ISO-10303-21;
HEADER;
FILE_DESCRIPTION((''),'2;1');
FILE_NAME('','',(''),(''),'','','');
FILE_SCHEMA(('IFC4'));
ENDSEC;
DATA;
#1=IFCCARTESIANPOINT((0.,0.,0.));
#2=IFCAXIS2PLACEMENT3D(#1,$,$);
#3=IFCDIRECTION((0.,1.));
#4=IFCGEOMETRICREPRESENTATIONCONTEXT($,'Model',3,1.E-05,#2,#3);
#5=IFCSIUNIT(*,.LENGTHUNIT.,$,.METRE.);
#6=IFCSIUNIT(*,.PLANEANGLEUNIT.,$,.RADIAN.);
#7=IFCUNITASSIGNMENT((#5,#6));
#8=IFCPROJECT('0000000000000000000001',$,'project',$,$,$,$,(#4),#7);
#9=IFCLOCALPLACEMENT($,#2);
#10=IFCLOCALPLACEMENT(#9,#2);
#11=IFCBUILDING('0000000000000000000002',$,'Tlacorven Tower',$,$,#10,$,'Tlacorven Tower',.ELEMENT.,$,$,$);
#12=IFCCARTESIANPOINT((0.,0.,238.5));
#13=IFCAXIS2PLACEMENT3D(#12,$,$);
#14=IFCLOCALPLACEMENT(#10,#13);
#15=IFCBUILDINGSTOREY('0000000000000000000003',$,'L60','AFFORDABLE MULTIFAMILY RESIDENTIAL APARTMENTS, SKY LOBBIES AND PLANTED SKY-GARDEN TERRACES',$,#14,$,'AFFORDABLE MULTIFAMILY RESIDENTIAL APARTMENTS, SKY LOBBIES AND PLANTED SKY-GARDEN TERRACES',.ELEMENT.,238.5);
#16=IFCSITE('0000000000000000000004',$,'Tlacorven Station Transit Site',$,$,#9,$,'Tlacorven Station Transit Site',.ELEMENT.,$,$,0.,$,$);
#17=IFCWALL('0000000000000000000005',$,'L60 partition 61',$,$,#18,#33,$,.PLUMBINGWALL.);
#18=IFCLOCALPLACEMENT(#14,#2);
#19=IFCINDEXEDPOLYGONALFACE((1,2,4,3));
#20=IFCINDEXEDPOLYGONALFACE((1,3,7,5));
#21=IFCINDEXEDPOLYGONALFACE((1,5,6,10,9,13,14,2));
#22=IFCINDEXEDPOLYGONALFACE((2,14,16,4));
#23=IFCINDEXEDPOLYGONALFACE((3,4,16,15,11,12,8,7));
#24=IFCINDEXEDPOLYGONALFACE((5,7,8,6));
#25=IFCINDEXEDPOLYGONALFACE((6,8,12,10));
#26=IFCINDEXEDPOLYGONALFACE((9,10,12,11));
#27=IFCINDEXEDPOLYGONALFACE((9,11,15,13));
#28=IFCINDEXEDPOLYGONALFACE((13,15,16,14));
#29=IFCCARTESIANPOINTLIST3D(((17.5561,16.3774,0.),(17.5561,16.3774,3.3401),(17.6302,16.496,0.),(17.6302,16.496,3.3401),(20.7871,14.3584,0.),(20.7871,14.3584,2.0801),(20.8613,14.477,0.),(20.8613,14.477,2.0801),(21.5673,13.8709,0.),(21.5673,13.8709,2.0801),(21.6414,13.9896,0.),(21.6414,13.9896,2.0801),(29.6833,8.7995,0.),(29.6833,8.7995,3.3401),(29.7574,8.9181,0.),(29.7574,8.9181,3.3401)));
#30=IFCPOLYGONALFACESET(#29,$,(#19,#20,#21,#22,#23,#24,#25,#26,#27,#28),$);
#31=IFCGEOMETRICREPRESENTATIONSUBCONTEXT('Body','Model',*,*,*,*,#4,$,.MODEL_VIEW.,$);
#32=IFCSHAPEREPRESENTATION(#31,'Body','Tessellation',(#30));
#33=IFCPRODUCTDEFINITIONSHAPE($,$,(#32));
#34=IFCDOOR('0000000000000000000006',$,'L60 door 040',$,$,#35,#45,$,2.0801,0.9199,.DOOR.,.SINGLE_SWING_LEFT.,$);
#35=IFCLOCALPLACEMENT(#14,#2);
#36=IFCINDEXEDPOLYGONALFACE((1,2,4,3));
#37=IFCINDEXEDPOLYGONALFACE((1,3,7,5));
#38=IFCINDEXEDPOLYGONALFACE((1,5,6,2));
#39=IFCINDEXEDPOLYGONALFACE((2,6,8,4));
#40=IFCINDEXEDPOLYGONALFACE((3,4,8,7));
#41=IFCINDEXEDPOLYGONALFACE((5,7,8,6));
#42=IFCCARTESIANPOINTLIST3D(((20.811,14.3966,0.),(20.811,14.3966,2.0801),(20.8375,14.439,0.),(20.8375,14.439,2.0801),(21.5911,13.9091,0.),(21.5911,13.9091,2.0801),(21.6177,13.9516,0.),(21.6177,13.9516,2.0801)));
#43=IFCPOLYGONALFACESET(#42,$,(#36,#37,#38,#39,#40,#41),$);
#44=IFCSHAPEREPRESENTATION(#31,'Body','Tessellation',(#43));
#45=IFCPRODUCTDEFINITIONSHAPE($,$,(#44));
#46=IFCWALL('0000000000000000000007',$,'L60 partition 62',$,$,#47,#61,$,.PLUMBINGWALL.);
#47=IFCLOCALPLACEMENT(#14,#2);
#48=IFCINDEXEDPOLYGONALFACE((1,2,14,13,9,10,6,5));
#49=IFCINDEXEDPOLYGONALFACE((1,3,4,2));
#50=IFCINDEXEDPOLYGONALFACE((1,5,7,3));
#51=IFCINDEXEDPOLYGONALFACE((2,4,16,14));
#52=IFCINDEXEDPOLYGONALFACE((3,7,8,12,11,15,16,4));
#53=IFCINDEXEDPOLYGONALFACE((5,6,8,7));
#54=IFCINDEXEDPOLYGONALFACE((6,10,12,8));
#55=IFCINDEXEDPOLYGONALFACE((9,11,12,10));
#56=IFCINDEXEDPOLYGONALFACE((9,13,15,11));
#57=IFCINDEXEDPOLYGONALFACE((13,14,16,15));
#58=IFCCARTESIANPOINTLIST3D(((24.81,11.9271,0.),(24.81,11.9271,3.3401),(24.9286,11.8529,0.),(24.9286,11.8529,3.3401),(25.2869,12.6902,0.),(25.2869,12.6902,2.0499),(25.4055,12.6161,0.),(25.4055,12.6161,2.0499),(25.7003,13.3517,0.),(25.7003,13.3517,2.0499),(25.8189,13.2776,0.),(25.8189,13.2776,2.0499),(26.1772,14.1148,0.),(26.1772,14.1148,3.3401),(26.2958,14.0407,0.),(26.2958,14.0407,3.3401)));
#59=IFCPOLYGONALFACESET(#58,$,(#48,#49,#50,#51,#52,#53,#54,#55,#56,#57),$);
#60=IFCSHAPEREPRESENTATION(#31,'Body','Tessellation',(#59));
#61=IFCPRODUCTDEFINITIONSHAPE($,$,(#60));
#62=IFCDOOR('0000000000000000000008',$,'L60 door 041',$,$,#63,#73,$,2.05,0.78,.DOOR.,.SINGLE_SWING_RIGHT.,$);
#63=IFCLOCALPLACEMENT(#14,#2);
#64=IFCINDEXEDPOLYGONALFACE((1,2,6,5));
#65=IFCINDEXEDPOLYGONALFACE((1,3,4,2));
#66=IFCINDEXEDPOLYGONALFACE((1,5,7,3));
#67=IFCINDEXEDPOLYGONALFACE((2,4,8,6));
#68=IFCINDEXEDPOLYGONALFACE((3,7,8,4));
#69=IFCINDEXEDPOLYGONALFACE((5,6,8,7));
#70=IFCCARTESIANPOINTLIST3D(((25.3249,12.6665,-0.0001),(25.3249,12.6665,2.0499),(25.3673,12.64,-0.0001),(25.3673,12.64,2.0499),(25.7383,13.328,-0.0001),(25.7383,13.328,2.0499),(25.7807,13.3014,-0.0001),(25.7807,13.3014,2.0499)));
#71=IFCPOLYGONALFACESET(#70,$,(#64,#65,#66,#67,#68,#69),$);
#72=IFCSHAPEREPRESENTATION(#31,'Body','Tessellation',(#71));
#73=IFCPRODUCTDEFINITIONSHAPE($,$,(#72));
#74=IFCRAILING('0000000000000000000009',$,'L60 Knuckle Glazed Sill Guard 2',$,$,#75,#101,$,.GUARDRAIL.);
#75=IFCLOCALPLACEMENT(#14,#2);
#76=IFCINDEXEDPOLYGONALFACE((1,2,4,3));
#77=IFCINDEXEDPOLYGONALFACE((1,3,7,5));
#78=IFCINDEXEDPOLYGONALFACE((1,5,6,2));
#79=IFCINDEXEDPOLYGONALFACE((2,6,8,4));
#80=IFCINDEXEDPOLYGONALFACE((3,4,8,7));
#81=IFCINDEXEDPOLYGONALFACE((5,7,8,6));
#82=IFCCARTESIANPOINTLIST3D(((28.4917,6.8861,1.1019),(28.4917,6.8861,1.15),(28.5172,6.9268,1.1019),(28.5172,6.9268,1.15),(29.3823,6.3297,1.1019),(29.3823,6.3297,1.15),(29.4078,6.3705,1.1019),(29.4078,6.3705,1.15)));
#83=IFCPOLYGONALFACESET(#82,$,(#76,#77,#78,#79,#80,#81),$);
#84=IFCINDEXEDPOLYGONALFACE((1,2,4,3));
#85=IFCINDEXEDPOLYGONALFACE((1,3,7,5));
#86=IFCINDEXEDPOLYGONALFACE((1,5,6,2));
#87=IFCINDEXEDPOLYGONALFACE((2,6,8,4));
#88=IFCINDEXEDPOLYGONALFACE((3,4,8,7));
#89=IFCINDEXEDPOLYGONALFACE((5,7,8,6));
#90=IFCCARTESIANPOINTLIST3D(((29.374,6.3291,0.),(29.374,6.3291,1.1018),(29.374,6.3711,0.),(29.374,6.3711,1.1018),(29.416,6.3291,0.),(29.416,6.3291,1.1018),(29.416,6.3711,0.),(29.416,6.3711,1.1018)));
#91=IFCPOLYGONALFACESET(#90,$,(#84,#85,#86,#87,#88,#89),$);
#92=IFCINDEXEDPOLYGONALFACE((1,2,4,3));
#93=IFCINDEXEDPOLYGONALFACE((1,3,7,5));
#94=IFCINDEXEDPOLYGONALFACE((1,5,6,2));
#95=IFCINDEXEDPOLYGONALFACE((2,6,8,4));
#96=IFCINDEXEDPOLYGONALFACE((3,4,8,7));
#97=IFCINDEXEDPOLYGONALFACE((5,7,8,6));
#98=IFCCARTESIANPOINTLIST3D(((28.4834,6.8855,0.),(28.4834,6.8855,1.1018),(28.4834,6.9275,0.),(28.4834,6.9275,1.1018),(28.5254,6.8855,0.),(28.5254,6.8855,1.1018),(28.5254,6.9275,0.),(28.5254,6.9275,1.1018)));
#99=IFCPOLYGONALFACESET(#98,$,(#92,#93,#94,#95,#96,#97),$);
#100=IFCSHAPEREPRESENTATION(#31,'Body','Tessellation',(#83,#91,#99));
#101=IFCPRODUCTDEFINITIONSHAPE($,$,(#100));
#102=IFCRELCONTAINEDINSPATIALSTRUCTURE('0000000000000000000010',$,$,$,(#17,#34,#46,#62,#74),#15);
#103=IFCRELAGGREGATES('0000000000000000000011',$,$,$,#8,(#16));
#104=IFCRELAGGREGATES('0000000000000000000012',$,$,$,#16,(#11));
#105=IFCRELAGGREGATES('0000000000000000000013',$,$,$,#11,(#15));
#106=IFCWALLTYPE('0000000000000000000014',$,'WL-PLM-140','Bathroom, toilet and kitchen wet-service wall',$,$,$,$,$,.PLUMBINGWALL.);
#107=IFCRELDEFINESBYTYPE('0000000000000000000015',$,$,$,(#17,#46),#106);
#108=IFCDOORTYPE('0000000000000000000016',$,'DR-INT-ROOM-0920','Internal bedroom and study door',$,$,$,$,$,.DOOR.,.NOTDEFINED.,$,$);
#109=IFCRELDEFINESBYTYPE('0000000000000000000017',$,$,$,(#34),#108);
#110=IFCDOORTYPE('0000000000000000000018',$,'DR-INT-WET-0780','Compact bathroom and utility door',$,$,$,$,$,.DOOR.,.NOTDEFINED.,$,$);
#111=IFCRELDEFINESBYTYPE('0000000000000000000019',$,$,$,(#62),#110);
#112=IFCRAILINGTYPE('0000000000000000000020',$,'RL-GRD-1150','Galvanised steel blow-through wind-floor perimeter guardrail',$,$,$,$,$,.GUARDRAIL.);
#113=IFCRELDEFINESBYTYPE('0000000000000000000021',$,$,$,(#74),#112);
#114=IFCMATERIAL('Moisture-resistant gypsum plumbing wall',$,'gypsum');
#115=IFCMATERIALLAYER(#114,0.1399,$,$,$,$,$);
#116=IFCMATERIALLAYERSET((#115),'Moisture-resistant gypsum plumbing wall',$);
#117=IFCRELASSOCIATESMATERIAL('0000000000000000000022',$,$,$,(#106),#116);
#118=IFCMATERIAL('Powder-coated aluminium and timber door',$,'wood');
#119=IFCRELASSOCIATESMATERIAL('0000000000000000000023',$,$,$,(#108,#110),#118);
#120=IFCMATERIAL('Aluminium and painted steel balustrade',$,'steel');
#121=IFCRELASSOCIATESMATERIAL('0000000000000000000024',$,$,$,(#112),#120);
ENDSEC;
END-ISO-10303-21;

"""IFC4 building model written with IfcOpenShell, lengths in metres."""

from ifc_helpers import new_model, si_unit, direction, frame, frame_2d, origin, origin_2d, place, context, subcontext, project, spatial, rectangle, extrude, source, transform, mapped, material, layer, layer_set, type_object, element, fill, save


model = new_model("IFC4")

# Units and contexts
model_context = context("Model", 3, precision=1e-05, world=origin(), true_north=direction((0.0, 1.0)))
body_context = subcontext(model_context, "Body", "Model", "MODEL_VIEW")
ifc_project = project(units=[si_unit("LENGTHUNIT", "METRE"), si_unit("PLANEANGLEUNIT", "RADIAN")], contexts=[model_context])

# Site, building, storey
site_placement = place(None, origin())
site = spatial("IfcSite", under=ifc_project, at=site_placement, Name="Tlacorven Station Transit Site", LongName="Tlacorven Station Transit Site", CompositionType="ELEMENT", RefElevation=0.0)
building_placement = place(site_placement, origin())
building = spatial("IfcBuilding", under=site, at=building_placement, Name="Tlacorven Tower", LongName="Tlacorven Tower", CompositionType="ELEMENT")
storey_placement = place(building_placement, frame((0.0, 0.0, 238.5)))
storey = spatial("IfcBuildingStorey", under=building, at=storey_placement, Name="L60", Description="AFFORDABLE MULTIFAMILY RESIDENTIAL APARTMENTS, SKY LOBBIES AND PLANTED SKY-GARDEN TERRACES", LongName="AFFORDABLE MULTIFAMILY RESIDENTIAL APARTMENTS, SKY LOBBIES AND PLANTED SKY-GARDEN TERRACES", CompositionType="ELEMENT", Elevation=238.5)

# Shared definitions
ifc_material_1 = material(Name="Powder-coated aluminium and timber door", Category="wood")

# Walls, openings, doors
ifc_material_2 = material(Name="Moisture-resistant gypsum plumbing wall", Category="gypsum")
ifc_layer_1 = layer(ifc_material_2, 0.1399)
ifc_layer_set_1 = layer_set([ifc_layer_1], Name="Moisture-resistant gypsum plumbing wall")
wall_type_1 = type_object("IfcWallType", Name="WL-PLM-140", Description="Bathroom, toilet and kitchen wet-service wall", PredefinedType="PLUMBINGWALL", material=ifc_layer_set_1)
wall_1_placement = place(storey_placement, frame((29.7202, 8.8589, 0.0), z_axis=(0.0, 0.0, 1.0), x_axis=(-0.848049, 0.529918, 0.0)))
wall_1 = element("IfcWall", 1, at=wall_1_placement, inside=storey, type_object=wall_type_1, Name="L60 partition 61", PredefinedType="PLUMBINGWALL", context=body_context, shape_type="SweptSolid", body=[
    extrude(rectangle(XDim=14.3, YDim=0.1399, at=frame_2d((7.1499, 0.0))), origin(), (0.0, 0.0, 1.0), 3.3401),
])
opening_1_placement = place(wall_1_placement, frame((9.5701, 0.0, 0.0)))
opening_1 = element("IfcOpeningElement", 2, at=opening_1_placement, cuts=wall_1, PredefinedType="OPENING", context=body_context, shape_type="SweptSolid", body=[
    extrude(rectangle(XDim=0.9199, YDim=2.0801, at=frame_2d((0.46, 1.04))), frame((0.0, 0.0801, 0.0), z_axis=(0.0, -1.0, 0.0), x_axis=(1.0, 0.0, 0.0)), (0.0, 0.0, 1.0), 0.1599),
])
door_type_1 = type_object("IfcDoorType", Name="DR-INT-ROOM-0920", Description="Internal bedroom and study door", OperationType="NOTDEFINED", PredefinedType="DOOR", material=ifc_material_1)
shared_shape_1 = source(origin(), body_context, "Body", "SweptSolid", [
    extrude(rectangle(XDim=0.9199, YDim=2.0801, at=frame_2d((0.46, 1.04))), frame((0.0, 0.0249, 0.0), z_axis=(0.0, -1.0, 0.0), x_axis=(1.0, 0.0, 0.0)), (0.0, 0.0, 1.0), 0.05),
])
door_1_placement = place(opening_1_placement, origin())
door_1 = element("IfcDoor", 3, at=door_1_placement, inside=storey, type_object=door_type_1, Name="L60 door 040", OperationType="SINGLE_SWING_LEFT", OverallHeight=2.0801, OverallWidth=0.9199, PredefinedType="DOOR", context=body_context, shape_type="MappedRepresentation", body=[
    mapped(shared_shape_1, transform((0.0, 0.0, 0.0), scale=1.0)),
])
fill(opening_1, door_1)
wall_2_placement = place(storey_placement, frame((26.2366, 14.0779, 0.0), z_axis=(0.0, 0.0, 1.0), x_axis=(-0.529956, -0.848025, 0.0)))
wall_2 = element("IfcWall", 4, at=wall_2_placement, inside=storey, type_object=wall_type_1, Name="L60 partition 62", PredefinedType="PLUMBINGWALL", context=body_context, shape_type="SweptSolid", body=[
    extrude(rectangle(XDim=2.5798, YDim=0.1399, at=frame_2d((1.29, 0.0))), origin(), (0.0, 0.0, 1.0), 3.3401),
])
opening_2_placement = place(wall_2_placement, frame((0.8999, 0.0, 0.0)))
opening_2 = element("IfcOpeningElement", 5, at=opening_2_placement, cuts=wall_2, PredefinedType="OPENING", context=body_context, shape_type="SweptSolid", body=[
    extrude(rectangle(XDim=0.78, YDim=2.05, at=frame_2d((0.3901, 1.0249))), frame((0.0, 0.0801, 0.0), z_axis=(0.0, -1.0, 0.0), x_axis=(1.0, 0.0, 0.0)), (0.0, 0.0, 1.0), 0.1599),
])
door_type_2 = type_object("IfcDoorType", Name="DR-INT-WET-0780", Description="Compact bathroom and utility door", OperationType="NOTDEFINED", PredefinedType="DOOR", material=ifc_material_1)
shared_shape_2 = source(origin(), body_context, "Body", "SweptSolid", [
    extrude(rectangle(XDim=0.78, YDim=2.05, at=frame_2d((0.3901, 1.0249))), frame((0.0, 0.0249, 0.0), z_axis=(0.0, -1.0, 0.0), x_axis=(1.0, 0.0, 0.0)), (0.0, 0.0, 1.0), 0.05),
])
door_2_placement = place(opening_2_placement, origin())
door_2 = element("IfcDoor", 6, at=door_2_placement, inside=storey, type_object=door_type_2, Name="L60 door 041", OperationType="SINGLE_SWING_RIGHT", OverallHeight=2.05, OverallWidth=0.78, PredefinedType="DOOR", context=body_context, shape_type="MappedRepresentation", body=[
    mapped(shared_shape_2, transform((0.0, 0.0, 0.0), scale=1.0)),
])
fill(opening_2, door_2)

# Railing
ifc_material_3 = material(Name="Aluminium and painted steel balustrade", Category="steel")
railing_type = type_object("IfcRailingType", Name="RL-GRD-1150", Description="Galvanised steel blow-through wind-floor perimeter guardrail", PredefinedType="GUARDRAIL", material=ifc_material_3)
shared_shape_3 = source(origin(), body_context, "Body", "SweptSolid", [
    extrude(rectangle(XDim=0.0481, YDim=0.0481, at=origin_2d()), frame((0.0, 0.0, 1.126), z_axis=(-0.848103, 0.529832, 0.0), x_axis=(-0.529832, -0.848103, 0.0)), (0.0, 0.0, 1.0), 1.05),
    extrude(rectangle(XDim=0.042, YDim=0.042, at=origin_2d()), origin(), (0.0, 0.0, 1.0), 1.1018),
    extrude(rectangle(XDim=0.042, YDim=0.042, at=origin_2d()), frame((-0.8906, 0.5564, 0.0)), (0.0, 0.0, 1.0), 1.1018),
])
railing_placement = place(storey_placement, frame((29.395, 6.3501, 0.0)))
element("IfcRailing", 7, at=railing_placement, inside=storey, type_object=railing_type, Name="L60 Knuckle Glazed Sill Guard 2", PredefinedType="GUARDRAIL", context=body_context, shape_type="MappedRepresentation", body=[
    mapped(shared_shape_3, transform((0.0, 0.0, 0.0), scale=1.0)),
])

save(model, "model.ifc")
